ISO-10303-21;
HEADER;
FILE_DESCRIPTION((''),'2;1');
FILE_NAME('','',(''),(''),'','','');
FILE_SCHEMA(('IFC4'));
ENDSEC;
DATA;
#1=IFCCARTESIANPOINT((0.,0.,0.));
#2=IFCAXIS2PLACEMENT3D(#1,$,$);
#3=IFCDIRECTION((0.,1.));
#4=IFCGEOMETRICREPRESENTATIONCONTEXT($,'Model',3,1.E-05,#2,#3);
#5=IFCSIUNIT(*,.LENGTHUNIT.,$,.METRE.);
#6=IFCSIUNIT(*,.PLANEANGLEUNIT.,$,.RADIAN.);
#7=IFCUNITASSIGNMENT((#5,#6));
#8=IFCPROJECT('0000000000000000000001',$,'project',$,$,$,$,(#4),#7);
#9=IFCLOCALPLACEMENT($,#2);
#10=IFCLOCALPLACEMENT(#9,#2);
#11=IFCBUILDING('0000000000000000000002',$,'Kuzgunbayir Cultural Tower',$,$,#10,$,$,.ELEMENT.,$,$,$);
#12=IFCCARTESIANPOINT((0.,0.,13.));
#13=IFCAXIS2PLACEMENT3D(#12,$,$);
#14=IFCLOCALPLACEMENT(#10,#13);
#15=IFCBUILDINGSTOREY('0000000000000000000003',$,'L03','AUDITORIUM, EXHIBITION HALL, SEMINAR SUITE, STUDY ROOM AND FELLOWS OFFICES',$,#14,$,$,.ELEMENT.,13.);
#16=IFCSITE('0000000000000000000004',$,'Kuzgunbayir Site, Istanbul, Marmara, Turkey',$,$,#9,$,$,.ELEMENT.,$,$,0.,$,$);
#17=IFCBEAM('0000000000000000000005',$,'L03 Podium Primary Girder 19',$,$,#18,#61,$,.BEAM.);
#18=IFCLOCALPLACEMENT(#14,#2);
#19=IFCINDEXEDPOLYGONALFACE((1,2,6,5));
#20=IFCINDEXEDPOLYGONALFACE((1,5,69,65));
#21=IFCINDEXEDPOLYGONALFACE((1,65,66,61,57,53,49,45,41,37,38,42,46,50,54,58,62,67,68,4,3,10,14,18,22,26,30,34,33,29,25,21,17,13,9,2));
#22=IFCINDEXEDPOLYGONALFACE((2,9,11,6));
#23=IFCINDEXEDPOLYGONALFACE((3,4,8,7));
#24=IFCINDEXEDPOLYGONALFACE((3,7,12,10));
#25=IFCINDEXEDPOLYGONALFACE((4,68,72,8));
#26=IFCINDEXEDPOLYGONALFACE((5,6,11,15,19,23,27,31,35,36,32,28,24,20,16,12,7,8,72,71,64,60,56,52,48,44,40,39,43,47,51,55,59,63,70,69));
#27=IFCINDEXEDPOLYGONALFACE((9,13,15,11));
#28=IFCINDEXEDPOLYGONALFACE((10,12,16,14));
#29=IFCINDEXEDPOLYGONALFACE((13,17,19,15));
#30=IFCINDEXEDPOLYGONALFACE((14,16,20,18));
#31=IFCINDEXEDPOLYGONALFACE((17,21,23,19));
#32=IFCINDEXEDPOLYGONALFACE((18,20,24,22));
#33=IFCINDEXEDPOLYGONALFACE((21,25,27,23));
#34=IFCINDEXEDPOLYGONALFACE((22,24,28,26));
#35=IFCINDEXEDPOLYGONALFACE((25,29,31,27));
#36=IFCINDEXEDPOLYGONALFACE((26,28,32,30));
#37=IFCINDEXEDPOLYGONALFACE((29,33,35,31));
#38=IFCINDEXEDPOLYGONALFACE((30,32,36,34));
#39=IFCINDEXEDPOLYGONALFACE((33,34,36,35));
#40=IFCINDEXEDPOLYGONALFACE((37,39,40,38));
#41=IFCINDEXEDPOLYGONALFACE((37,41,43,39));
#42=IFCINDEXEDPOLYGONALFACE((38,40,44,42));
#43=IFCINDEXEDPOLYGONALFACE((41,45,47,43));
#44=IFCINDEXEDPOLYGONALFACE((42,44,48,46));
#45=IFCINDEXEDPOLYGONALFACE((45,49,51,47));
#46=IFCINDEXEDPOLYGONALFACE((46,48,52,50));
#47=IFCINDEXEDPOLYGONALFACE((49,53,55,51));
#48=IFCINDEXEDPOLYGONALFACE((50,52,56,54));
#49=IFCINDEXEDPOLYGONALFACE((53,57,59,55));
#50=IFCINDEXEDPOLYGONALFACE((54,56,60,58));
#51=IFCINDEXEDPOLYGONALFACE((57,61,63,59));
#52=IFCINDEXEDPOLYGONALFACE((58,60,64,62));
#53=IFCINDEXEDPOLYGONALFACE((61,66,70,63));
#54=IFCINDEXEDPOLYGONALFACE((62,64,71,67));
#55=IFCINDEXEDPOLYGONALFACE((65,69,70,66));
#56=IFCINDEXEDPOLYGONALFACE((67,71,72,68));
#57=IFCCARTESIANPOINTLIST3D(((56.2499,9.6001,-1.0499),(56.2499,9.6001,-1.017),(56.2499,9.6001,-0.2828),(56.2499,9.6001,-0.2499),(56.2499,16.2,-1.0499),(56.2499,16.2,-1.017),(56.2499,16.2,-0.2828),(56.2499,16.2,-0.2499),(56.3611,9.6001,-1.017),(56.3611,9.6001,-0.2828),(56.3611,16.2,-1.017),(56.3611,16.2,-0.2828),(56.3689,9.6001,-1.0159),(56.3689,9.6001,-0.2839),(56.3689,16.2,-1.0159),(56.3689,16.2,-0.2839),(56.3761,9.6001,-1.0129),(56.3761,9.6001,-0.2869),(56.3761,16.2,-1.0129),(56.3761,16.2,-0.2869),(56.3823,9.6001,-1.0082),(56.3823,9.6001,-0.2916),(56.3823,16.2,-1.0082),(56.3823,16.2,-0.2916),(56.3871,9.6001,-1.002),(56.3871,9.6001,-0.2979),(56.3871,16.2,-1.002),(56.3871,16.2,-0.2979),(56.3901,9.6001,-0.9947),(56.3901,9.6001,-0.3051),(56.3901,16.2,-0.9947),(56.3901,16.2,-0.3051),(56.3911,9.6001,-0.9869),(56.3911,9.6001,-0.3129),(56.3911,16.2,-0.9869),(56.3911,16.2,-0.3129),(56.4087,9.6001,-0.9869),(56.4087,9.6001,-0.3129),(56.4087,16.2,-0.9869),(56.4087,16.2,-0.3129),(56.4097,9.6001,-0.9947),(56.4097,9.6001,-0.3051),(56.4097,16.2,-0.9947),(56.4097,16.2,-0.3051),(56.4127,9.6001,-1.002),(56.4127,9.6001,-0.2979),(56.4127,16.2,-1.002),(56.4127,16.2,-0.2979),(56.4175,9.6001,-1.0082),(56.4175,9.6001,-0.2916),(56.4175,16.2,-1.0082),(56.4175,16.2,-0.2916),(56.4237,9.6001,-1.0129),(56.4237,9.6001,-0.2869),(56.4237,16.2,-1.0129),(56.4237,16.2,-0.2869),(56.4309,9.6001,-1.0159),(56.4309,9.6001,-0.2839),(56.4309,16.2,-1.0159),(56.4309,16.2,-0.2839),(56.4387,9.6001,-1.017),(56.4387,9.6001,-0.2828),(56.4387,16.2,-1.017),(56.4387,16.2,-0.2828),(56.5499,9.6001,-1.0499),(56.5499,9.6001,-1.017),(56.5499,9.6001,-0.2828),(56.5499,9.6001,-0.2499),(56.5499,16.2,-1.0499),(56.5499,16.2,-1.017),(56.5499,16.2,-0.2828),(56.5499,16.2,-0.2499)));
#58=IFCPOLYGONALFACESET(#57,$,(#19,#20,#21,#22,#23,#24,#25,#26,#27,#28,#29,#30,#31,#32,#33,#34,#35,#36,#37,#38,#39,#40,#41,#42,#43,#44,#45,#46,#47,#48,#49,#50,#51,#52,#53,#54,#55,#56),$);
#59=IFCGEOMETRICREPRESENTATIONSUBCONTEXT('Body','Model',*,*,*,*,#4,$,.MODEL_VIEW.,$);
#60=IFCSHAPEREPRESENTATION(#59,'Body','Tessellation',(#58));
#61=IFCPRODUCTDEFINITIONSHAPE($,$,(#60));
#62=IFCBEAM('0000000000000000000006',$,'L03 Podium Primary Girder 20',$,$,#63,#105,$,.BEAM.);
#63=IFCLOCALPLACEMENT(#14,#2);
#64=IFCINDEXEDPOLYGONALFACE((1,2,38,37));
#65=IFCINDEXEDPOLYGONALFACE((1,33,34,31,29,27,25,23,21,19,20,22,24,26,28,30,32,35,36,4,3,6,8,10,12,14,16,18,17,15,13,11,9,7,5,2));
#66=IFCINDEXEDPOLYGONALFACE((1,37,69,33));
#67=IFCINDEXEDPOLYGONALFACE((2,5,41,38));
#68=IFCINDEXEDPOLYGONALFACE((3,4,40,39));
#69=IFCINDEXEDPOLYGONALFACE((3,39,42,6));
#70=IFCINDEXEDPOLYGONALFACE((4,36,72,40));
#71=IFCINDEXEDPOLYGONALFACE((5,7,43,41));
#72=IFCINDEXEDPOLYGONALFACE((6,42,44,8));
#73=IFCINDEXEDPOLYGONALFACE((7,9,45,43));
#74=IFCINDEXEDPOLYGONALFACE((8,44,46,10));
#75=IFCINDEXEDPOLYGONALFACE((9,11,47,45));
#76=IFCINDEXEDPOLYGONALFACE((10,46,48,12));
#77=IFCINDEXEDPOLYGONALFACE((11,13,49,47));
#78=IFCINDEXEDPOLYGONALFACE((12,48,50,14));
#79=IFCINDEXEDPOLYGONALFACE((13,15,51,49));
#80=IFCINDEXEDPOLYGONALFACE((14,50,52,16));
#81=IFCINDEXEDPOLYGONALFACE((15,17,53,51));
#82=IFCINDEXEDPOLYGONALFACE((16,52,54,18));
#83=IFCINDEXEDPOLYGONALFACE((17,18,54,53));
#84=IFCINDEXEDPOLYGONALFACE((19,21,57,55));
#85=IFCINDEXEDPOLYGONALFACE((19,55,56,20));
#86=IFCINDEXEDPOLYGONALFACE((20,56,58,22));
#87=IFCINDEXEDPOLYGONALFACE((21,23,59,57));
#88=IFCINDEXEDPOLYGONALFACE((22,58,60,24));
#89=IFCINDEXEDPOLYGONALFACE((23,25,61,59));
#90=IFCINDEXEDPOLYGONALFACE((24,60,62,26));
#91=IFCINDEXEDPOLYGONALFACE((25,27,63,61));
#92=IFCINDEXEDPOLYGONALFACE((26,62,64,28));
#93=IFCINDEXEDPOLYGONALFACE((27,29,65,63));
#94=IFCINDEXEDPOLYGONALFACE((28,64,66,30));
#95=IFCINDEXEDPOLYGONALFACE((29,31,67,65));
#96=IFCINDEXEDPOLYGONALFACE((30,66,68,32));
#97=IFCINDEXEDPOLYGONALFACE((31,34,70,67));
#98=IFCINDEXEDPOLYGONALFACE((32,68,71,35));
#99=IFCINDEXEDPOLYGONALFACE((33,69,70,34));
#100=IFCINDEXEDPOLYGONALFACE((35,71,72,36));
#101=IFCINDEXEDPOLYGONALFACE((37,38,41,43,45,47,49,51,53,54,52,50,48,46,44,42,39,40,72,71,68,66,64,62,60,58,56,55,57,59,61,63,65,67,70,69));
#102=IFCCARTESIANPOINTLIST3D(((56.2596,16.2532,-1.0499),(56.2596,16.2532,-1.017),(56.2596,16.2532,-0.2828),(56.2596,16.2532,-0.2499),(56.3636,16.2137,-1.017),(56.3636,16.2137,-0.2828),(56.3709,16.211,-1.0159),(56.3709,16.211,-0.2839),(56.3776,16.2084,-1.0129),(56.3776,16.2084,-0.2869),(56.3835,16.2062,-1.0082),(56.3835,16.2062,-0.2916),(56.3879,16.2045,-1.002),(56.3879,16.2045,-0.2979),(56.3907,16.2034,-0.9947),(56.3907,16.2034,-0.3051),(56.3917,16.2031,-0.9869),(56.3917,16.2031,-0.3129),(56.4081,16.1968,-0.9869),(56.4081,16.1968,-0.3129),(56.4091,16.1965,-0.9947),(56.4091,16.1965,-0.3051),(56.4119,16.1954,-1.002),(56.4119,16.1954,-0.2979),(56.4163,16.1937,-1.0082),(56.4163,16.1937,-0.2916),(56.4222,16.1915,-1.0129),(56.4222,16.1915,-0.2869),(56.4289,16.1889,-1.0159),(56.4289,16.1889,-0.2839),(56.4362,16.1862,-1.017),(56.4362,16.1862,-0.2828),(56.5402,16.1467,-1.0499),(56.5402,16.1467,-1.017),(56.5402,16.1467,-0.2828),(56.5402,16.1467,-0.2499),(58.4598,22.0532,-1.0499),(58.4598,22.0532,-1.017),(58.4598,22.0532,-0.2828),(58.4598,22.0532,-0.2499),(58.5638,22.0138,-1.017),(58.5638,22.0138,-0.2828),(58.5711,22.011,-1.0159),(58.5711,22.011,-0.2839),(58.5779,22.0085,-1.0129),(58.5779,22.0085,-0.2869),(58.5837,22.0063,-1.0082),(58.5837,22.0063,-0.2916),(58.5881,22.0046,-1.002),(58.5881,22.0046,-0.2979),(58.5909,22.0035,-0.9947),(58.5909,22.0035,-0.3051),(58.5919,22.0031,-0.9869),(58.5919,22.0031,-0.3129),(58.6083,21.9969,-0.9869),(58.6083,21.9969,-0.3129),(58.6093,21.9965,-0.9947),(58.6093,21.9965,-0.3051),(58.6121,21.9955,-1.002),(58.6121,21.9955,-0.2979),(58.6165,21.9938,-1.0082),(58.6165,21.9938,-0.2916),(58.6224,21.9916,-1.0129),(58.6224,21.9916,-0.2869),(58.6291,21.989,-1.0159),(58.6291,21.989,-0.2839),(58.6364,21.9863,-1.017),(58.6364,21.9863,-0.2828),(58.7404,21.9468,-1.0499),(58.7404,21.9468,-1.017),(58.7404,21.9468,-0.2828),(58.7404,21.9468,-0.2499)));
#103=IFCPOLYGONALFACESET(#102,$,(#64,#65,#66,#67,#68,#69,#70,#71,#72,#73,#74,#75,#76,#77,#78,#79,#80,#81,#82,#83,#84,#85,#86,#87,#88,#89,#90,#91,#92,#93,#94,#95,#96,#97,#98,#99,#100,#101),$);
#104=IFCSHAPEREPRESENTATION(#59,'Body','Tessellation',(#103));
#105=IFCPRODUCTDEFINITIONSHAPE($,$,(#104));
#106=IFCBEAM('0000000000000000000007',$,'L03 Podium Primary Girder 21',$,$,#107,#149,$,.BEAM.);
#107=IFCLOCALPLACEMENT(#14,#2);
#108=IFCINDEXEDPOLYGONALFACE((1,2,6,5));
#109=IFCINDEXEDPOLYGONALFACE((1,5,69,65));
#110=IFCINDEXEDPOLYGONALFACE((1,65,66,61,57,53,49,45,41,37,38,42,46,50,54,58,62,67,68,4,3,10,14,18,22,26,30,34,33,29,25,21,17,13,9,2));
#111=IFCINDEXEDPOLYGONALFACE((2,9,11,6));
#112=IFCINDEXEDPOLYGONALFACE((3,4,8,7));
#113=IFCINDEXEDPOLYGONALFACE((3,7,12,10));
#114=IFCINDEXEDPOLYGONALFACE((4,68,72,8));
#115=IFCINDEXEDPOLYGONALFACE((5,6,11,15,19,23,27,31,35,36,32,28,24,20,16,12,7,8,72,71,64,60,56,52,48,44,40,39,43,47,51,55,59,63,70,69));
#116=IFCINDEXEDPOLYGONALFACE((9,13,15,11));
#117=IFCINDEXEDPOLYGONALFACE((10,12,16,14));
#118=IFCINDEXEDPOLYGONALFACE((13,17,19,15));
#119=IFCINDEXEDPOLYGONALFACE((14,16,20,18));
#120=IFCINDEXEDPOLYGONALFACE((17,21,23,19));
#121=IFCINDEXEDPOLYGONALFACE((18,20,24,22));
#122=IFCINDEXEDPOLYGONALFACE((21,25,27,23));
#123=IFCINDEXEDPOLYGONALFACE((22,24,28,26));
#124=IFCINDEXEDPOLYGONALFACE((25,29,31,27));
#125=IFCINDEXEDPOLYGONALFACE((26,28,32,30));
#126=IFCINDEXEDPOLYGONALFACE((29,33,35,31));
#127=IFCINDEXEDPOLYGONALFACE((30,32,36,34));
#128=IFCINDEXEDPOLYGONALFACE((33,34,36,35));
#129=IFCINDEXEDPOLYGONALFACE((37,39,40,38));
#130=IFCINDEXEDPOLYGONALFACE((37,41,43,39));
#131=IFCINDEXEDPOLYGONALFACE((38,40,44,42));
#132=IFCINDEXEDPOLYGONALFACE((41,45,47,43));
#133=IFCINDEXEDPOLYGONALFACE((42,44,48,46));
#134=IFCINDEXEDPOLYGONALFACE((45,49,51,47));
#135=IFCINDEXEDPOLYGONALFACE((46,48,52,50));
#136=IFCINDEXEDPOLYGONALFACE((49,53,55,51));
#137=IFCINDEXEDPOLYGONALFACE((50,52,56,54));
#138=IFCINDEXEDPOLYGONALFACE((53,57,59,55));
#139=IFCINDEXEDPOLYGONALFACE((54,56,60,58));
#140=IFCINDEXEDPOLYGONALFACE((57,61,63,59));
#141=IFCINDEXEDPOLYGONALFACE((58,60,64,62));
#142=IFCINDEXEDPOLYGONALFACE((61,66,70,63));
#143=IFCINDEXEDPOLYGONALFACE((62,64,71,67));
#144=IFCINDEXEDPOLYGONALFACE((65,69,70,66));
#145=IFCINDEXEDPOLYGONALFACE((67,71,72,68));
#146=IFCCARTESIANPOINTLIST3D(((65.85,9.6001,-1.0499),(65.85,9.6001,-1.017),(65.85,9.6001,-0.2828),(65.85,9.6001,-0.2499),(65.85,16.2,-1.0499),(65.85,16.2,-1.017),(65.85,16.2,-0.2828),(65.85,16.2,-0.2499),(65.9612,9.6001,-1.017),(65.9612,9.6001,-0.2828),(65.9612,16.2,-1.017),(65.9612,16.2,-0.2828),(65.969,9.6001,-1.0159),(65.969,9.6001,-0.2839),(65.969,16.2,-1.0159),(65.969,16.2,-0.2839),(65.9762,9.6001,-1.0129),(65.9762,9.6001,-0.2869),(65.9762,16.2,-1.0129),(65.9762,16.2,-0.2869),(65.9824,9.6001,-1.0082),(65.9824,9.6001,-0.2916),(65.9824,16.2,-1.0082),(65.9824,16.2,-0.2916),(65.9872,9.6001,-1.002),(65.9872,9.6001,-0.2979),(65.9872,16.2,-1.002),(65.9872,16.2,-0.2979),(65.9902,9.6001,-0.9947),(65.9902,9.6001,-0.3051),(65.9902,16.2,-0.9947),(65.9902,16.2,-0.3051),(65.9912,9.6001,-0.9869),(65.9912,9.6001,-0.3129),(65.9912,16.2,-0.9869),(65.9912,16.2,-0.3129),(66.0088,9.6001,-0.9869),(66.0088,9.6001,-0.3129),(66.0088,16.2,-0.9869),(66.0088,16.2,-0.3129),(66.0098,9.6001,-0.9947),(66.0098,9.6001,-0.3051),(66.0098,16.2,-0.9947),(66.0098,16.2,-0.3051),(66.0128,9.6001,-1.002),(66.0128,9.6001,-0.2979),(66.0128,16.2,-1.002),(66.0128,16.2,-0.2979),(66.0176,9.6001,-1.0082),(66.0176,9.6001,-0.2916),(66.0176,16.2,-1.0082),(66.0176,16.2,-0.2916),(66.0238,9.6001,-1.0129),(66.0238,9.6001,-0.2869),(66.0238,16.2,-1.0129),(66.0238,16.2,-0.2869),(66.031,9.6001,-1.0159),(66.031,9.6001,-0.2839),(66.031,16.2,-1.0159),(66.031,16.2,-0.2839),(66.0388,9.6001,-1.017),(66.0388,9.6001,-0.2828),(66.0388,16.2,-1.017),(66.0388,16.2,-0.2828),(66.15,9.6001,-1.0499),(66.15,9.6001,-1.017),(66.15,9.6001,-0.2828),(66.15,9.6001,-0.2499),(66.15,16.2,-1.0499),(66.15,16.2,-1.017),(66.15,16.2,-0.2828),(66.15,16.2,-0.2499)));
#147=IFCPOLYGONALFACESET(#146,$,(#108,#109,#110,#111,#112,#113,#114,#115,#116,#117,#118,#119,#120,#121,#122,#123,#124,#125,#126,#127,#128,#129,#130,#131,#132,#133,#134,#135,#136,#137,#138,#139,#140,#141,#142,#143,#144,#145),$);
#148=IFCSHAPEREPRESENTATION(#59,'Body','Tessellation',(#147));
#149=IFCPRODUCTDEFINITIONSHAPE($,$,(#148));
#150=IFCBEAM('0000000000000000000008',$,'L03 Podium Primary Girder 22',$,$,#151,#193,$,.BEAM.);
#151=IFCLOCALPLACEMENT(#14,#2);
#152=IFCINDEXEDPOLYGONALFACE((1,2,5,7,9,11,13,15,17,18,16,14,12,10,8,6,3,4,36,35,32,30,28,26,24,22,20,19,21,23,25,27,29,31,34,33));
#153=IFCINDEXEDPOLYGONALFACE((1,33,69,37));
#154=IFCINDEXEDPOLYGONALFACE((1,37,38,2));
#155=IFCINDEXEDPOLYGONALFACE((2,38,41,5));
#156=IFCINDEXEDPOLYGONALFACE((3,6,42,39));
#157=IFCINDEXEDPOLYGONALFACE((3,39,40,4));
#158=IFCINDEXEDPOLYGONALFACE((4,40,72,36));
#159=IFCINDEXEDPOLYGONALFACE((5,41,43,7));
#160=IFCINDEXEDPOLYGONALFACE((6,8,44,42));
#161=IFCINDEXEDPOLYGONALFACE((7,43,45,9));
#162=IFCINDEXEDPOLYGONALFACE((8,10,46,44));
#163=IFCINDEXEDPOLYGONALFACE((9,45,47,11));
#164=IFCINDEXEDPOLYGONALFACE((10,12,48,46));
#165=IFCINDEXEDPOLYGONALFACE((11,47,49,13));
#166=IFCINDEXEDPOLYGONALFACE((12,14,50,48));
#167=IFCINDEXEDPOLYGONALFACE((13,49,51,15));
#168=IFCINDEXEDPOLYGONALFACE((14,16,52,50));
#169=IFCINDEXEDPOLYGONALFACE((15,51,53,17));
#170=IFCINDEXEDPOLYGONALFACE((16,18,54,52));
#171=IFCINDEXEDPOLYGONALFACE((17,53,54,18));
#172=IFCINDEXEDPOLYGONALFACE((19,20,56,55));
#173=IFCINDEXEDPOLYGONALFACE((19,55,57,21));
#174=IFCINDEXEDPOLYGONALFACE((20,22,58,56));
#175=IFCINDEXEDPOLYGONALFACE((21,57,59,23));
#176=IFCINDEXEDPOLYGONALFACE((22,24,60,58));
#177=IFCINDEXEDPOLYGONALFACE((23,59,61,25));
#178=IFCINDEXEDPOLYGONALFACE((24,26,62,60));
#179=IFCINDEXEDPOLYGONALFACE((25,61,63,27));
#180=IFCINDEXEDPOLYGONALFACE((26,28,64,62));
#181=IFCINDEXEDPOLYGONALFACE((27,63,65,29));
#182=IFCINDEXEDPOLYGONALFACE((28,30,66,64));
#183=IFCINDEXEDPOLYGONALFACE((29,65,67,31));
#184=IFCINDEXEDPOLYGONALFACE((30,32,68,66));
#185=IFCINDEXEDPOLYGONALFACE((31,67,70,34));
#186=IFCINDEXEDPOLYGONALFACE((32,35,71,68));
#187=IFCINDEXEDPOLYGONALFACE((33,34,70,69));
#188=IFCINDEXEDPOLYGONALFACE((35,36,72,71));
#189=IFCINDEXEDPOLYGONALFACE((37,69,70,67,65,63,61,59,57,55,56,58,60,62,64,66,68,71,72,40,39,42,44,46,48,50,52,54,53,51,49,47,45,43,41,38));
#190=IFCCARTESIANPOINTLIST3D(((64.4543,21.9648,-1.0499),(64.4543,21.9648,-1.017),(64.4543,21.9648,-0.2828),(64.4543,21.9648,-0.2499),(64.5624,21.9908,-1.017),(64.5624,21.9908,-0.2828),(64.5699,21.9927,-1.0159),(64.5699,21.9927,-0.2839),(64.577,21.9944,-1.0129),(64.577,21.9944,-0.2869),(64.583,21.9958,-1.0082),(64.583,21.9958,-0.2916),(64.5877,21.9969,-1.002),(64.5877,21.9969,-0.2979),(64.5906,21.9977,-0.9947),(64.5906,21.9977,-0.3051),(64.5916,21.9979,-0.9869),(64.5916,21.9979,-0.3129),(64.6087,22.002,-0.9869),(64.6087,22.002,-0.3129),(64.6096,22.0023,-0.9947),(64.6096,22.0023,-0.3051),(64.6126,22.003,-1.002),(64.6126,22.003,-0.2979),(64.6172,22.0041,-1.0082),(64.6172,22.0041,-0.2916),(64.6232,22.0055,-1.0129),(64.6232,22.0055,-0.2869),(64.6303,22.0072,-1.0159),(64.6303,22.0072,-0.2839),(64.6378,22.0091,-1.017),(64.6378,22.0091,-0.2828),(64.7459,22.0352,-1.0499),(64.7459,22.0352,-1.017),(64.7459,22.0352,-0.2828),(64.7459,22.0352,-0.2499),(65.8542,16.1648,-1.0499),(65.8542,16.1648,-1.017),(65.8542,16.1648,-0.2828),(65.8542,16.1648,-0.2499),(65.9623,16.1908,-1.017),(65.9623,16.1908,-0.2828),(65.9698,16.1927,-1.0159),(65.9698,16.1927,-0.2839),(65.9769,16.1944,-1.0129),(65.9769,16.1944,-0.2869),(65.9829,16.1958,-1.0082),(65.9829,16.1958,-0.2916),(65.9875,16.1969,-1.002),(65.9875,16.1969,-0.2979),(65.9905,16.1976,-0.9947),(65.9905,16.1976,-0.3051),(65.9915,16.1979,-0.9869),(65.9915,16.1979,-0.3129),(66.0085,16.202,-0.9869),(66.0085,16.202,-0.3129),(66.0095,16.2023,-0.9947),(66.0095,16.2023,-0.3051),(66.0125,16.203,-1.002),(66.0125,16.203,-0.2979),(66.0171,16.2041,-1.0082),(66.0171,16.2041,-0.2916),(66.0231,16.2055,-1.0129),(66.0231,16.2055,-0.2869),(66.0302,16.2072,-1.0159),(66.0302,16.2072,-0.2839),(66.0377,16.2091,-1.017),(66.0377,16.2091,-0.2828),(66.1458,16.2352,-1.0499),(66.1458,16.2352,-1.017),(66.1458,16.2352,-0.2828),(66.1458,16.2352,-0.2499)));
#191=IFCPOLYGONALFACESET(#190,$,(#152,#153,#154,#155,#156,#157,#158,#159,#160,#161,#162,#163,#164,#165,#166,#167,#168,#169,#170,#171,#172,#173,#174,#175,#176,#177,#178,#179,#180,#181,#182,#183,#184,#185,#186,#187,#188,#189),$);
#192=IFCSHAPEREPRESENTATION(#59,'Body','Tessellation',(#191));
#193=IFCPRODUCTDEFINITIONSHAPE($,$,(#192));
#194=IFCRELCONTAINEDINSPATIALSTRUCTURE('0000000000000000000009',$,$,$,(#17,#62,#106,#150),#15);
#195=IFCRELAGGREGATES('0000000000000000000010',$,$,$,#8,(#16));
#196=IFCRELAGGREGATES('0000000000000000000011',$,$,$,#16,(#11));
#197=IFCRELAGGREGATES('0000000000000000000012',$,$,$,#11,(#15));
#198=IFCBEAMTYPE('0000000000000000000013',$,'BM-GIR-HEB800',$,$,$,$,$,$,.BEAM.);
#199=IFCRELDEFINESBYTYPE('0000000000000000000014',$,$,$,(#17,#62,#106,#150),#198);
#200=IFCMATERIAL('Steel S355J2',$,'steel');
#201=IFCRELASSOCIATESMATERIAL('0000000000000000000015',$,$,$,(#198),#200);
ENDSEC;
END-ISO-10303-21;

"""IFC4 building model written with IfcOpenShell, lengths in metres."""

from ifc_helpers import new_model, si_unit, direction, frame, origin, origin_2d, place, context, subcontext, project, spatial, i_section, extrude, material, material_profile, profile_set, type_object, element, save


model = new_model("IFC4")

# Units and contexts
model_context = context("Model", 3, precision=1e-05, world=origin(), true_north=direction((0.0, 1.0)))
body_context = subcontext(model_context, "Body", "Model", "MODEL_VIEW")
ifc_project = project(units=[si_unit("LENGTHUNIT", "METRE"), si_unit("PLANEANGLEUNIT", "RADIAN")], contexts=[model_context])

# Site, building, storey
site_placement = place(None, origin())
site = spatial("IfcSite", under=ifc_project, at=site_placement, Name="Kuzgunbayir Site, Istanbul, Marmara, Turkey", CompositionType="ELEMENT", RefElevation=0.0)
building_placement = place(site_placement, origin())
building = spatial("IfcBuilding", under=site, at=building_placement, Name="Kuzgunbayir Cultural Tower", CompositionType="ELEMENT")
storey_placement = place(building_placement, frame((0.0, 0.0, 13.0)))
storey = spatial("IfcBuildingStorey", under=building, at=storey_placement, Name="L03", Description="AUDITORIUM, EXHIBITION HALL, SEMINAR SUITE, STUDY ROOM AND FELLOWS OFFICES", CompositionType="ELEMENT", Elevation=13.0)

# Beams
ifc_material_1 = material(Name="Steel S355J2", Category="steel")
ifc_material_profile_1 = material_profile(ifc_material_1, i_section(OverallWidth=0.3, OverallDepth=0.8, WebThickness=0.0176, FlangeThickness=0.033, FilletRadius=0.03, at=origin_2d()), Name="HEB 800")
ifc_profile_set_1 = profile_set([ifc_material_profile_1], Name="Steel S355J2")
beam_type = type_object("IfcBeamType", Name="BM-GIR-HEB800", PredefinedType="BEAM", material=ifc_profile_set_1)
beam_1_placement = place(storey_placement, frame((56.3999, 9.6001, -0.6499), z_axis=(0.0, 1.0, 0.0), x_axis=(-1.0, 0.0, 0.0)))
element("IfcBeam", 1, at=beam_1_placement, inside=storey, type_object=beam_type, Name="L03 Podium Primary Girder 19", PredefinedType="BEAM", context=body_context, shape_type="SweptSolid", body=[
    extrude(i_section(OverallWidth=0.3, OverallDepth=0.8, WebThickness=0.0176, FlangeThickness=0.033, FilletRadius=0.03, at=origin_2d()), origin(), (0.0, 0.0, 1.0), 6.5999),
])
beam_2_placement = place(storey_placement, frame((56.3999, 16.2, -0.6499), z_axis=(0.354679, 0.934988, 0.0), x_axis=(-0.934988, 0.354679, 0.0)))
element("IfcBeam", 2, at=beam_2_placement, inside=storey, type_object=beam_type, Name="L03 Podium Primary Girder 20", PredefinedType="BEAM", context=body_context, shape_type="SweptSolid", body=[
    extrude(i_section(OverallWidth=0.3, OverallDepth=0.8, WebThickness=0.0176, FlangeThickness=0.033, FilletRadius=0.03, at=origin_2d()), origin(), (0.0, 0.0, 1.0), 6.2034),
])
beam_3_placement = place(storey_placement, frame((66.0, 9.6001, -0.6499), z_axis=(0.0, 1.0, 0.0), x_axis=(-1.0, 0.0, 0.0)))
element("IfcBeam", 3, at=beam_3_placement, inside=storey, type_object=beam_type, Name="L03 Podium Primary Girder 21", PredefinedType="BEAM", context=body_context, shape_type="SweptSolid", body=[
    extrude(i_section(OverallWidth=0.3, OverallDepth=0.8, WebThickness=0.0176, FlangeThickness=0.033, FilletRadius=0.03, at=origin_2d()), origin(), (0.0, 0.0, 1.0), 6.5999),
])
beam_4_placement = place(storey_placement, frame((66.0, 16.2, -0.6499), z_axis=(-0.234623, 0.972086, 0.0), x_axis=(-0.972086, -0.234623, 0.0)))
element("IfcBeam", 4, at=beam_4_placement, inside=storey, type_object=beam_type, Name="L03 Podium Primary Girder 22", PredefinedType="BEAM", context=body_context, shape_type="SweptSolid", body=[
    extrude(i_section(OverallWidth=0.3, OverallDepth=0.8, WebThickness=0.0176, FlangeThickness=0.033, FilletRadius=0.03, at=origin_2d()), origin(), (0.0, 0.0, 1.0), 5.9666),
])

save(model, "model.ifc")
